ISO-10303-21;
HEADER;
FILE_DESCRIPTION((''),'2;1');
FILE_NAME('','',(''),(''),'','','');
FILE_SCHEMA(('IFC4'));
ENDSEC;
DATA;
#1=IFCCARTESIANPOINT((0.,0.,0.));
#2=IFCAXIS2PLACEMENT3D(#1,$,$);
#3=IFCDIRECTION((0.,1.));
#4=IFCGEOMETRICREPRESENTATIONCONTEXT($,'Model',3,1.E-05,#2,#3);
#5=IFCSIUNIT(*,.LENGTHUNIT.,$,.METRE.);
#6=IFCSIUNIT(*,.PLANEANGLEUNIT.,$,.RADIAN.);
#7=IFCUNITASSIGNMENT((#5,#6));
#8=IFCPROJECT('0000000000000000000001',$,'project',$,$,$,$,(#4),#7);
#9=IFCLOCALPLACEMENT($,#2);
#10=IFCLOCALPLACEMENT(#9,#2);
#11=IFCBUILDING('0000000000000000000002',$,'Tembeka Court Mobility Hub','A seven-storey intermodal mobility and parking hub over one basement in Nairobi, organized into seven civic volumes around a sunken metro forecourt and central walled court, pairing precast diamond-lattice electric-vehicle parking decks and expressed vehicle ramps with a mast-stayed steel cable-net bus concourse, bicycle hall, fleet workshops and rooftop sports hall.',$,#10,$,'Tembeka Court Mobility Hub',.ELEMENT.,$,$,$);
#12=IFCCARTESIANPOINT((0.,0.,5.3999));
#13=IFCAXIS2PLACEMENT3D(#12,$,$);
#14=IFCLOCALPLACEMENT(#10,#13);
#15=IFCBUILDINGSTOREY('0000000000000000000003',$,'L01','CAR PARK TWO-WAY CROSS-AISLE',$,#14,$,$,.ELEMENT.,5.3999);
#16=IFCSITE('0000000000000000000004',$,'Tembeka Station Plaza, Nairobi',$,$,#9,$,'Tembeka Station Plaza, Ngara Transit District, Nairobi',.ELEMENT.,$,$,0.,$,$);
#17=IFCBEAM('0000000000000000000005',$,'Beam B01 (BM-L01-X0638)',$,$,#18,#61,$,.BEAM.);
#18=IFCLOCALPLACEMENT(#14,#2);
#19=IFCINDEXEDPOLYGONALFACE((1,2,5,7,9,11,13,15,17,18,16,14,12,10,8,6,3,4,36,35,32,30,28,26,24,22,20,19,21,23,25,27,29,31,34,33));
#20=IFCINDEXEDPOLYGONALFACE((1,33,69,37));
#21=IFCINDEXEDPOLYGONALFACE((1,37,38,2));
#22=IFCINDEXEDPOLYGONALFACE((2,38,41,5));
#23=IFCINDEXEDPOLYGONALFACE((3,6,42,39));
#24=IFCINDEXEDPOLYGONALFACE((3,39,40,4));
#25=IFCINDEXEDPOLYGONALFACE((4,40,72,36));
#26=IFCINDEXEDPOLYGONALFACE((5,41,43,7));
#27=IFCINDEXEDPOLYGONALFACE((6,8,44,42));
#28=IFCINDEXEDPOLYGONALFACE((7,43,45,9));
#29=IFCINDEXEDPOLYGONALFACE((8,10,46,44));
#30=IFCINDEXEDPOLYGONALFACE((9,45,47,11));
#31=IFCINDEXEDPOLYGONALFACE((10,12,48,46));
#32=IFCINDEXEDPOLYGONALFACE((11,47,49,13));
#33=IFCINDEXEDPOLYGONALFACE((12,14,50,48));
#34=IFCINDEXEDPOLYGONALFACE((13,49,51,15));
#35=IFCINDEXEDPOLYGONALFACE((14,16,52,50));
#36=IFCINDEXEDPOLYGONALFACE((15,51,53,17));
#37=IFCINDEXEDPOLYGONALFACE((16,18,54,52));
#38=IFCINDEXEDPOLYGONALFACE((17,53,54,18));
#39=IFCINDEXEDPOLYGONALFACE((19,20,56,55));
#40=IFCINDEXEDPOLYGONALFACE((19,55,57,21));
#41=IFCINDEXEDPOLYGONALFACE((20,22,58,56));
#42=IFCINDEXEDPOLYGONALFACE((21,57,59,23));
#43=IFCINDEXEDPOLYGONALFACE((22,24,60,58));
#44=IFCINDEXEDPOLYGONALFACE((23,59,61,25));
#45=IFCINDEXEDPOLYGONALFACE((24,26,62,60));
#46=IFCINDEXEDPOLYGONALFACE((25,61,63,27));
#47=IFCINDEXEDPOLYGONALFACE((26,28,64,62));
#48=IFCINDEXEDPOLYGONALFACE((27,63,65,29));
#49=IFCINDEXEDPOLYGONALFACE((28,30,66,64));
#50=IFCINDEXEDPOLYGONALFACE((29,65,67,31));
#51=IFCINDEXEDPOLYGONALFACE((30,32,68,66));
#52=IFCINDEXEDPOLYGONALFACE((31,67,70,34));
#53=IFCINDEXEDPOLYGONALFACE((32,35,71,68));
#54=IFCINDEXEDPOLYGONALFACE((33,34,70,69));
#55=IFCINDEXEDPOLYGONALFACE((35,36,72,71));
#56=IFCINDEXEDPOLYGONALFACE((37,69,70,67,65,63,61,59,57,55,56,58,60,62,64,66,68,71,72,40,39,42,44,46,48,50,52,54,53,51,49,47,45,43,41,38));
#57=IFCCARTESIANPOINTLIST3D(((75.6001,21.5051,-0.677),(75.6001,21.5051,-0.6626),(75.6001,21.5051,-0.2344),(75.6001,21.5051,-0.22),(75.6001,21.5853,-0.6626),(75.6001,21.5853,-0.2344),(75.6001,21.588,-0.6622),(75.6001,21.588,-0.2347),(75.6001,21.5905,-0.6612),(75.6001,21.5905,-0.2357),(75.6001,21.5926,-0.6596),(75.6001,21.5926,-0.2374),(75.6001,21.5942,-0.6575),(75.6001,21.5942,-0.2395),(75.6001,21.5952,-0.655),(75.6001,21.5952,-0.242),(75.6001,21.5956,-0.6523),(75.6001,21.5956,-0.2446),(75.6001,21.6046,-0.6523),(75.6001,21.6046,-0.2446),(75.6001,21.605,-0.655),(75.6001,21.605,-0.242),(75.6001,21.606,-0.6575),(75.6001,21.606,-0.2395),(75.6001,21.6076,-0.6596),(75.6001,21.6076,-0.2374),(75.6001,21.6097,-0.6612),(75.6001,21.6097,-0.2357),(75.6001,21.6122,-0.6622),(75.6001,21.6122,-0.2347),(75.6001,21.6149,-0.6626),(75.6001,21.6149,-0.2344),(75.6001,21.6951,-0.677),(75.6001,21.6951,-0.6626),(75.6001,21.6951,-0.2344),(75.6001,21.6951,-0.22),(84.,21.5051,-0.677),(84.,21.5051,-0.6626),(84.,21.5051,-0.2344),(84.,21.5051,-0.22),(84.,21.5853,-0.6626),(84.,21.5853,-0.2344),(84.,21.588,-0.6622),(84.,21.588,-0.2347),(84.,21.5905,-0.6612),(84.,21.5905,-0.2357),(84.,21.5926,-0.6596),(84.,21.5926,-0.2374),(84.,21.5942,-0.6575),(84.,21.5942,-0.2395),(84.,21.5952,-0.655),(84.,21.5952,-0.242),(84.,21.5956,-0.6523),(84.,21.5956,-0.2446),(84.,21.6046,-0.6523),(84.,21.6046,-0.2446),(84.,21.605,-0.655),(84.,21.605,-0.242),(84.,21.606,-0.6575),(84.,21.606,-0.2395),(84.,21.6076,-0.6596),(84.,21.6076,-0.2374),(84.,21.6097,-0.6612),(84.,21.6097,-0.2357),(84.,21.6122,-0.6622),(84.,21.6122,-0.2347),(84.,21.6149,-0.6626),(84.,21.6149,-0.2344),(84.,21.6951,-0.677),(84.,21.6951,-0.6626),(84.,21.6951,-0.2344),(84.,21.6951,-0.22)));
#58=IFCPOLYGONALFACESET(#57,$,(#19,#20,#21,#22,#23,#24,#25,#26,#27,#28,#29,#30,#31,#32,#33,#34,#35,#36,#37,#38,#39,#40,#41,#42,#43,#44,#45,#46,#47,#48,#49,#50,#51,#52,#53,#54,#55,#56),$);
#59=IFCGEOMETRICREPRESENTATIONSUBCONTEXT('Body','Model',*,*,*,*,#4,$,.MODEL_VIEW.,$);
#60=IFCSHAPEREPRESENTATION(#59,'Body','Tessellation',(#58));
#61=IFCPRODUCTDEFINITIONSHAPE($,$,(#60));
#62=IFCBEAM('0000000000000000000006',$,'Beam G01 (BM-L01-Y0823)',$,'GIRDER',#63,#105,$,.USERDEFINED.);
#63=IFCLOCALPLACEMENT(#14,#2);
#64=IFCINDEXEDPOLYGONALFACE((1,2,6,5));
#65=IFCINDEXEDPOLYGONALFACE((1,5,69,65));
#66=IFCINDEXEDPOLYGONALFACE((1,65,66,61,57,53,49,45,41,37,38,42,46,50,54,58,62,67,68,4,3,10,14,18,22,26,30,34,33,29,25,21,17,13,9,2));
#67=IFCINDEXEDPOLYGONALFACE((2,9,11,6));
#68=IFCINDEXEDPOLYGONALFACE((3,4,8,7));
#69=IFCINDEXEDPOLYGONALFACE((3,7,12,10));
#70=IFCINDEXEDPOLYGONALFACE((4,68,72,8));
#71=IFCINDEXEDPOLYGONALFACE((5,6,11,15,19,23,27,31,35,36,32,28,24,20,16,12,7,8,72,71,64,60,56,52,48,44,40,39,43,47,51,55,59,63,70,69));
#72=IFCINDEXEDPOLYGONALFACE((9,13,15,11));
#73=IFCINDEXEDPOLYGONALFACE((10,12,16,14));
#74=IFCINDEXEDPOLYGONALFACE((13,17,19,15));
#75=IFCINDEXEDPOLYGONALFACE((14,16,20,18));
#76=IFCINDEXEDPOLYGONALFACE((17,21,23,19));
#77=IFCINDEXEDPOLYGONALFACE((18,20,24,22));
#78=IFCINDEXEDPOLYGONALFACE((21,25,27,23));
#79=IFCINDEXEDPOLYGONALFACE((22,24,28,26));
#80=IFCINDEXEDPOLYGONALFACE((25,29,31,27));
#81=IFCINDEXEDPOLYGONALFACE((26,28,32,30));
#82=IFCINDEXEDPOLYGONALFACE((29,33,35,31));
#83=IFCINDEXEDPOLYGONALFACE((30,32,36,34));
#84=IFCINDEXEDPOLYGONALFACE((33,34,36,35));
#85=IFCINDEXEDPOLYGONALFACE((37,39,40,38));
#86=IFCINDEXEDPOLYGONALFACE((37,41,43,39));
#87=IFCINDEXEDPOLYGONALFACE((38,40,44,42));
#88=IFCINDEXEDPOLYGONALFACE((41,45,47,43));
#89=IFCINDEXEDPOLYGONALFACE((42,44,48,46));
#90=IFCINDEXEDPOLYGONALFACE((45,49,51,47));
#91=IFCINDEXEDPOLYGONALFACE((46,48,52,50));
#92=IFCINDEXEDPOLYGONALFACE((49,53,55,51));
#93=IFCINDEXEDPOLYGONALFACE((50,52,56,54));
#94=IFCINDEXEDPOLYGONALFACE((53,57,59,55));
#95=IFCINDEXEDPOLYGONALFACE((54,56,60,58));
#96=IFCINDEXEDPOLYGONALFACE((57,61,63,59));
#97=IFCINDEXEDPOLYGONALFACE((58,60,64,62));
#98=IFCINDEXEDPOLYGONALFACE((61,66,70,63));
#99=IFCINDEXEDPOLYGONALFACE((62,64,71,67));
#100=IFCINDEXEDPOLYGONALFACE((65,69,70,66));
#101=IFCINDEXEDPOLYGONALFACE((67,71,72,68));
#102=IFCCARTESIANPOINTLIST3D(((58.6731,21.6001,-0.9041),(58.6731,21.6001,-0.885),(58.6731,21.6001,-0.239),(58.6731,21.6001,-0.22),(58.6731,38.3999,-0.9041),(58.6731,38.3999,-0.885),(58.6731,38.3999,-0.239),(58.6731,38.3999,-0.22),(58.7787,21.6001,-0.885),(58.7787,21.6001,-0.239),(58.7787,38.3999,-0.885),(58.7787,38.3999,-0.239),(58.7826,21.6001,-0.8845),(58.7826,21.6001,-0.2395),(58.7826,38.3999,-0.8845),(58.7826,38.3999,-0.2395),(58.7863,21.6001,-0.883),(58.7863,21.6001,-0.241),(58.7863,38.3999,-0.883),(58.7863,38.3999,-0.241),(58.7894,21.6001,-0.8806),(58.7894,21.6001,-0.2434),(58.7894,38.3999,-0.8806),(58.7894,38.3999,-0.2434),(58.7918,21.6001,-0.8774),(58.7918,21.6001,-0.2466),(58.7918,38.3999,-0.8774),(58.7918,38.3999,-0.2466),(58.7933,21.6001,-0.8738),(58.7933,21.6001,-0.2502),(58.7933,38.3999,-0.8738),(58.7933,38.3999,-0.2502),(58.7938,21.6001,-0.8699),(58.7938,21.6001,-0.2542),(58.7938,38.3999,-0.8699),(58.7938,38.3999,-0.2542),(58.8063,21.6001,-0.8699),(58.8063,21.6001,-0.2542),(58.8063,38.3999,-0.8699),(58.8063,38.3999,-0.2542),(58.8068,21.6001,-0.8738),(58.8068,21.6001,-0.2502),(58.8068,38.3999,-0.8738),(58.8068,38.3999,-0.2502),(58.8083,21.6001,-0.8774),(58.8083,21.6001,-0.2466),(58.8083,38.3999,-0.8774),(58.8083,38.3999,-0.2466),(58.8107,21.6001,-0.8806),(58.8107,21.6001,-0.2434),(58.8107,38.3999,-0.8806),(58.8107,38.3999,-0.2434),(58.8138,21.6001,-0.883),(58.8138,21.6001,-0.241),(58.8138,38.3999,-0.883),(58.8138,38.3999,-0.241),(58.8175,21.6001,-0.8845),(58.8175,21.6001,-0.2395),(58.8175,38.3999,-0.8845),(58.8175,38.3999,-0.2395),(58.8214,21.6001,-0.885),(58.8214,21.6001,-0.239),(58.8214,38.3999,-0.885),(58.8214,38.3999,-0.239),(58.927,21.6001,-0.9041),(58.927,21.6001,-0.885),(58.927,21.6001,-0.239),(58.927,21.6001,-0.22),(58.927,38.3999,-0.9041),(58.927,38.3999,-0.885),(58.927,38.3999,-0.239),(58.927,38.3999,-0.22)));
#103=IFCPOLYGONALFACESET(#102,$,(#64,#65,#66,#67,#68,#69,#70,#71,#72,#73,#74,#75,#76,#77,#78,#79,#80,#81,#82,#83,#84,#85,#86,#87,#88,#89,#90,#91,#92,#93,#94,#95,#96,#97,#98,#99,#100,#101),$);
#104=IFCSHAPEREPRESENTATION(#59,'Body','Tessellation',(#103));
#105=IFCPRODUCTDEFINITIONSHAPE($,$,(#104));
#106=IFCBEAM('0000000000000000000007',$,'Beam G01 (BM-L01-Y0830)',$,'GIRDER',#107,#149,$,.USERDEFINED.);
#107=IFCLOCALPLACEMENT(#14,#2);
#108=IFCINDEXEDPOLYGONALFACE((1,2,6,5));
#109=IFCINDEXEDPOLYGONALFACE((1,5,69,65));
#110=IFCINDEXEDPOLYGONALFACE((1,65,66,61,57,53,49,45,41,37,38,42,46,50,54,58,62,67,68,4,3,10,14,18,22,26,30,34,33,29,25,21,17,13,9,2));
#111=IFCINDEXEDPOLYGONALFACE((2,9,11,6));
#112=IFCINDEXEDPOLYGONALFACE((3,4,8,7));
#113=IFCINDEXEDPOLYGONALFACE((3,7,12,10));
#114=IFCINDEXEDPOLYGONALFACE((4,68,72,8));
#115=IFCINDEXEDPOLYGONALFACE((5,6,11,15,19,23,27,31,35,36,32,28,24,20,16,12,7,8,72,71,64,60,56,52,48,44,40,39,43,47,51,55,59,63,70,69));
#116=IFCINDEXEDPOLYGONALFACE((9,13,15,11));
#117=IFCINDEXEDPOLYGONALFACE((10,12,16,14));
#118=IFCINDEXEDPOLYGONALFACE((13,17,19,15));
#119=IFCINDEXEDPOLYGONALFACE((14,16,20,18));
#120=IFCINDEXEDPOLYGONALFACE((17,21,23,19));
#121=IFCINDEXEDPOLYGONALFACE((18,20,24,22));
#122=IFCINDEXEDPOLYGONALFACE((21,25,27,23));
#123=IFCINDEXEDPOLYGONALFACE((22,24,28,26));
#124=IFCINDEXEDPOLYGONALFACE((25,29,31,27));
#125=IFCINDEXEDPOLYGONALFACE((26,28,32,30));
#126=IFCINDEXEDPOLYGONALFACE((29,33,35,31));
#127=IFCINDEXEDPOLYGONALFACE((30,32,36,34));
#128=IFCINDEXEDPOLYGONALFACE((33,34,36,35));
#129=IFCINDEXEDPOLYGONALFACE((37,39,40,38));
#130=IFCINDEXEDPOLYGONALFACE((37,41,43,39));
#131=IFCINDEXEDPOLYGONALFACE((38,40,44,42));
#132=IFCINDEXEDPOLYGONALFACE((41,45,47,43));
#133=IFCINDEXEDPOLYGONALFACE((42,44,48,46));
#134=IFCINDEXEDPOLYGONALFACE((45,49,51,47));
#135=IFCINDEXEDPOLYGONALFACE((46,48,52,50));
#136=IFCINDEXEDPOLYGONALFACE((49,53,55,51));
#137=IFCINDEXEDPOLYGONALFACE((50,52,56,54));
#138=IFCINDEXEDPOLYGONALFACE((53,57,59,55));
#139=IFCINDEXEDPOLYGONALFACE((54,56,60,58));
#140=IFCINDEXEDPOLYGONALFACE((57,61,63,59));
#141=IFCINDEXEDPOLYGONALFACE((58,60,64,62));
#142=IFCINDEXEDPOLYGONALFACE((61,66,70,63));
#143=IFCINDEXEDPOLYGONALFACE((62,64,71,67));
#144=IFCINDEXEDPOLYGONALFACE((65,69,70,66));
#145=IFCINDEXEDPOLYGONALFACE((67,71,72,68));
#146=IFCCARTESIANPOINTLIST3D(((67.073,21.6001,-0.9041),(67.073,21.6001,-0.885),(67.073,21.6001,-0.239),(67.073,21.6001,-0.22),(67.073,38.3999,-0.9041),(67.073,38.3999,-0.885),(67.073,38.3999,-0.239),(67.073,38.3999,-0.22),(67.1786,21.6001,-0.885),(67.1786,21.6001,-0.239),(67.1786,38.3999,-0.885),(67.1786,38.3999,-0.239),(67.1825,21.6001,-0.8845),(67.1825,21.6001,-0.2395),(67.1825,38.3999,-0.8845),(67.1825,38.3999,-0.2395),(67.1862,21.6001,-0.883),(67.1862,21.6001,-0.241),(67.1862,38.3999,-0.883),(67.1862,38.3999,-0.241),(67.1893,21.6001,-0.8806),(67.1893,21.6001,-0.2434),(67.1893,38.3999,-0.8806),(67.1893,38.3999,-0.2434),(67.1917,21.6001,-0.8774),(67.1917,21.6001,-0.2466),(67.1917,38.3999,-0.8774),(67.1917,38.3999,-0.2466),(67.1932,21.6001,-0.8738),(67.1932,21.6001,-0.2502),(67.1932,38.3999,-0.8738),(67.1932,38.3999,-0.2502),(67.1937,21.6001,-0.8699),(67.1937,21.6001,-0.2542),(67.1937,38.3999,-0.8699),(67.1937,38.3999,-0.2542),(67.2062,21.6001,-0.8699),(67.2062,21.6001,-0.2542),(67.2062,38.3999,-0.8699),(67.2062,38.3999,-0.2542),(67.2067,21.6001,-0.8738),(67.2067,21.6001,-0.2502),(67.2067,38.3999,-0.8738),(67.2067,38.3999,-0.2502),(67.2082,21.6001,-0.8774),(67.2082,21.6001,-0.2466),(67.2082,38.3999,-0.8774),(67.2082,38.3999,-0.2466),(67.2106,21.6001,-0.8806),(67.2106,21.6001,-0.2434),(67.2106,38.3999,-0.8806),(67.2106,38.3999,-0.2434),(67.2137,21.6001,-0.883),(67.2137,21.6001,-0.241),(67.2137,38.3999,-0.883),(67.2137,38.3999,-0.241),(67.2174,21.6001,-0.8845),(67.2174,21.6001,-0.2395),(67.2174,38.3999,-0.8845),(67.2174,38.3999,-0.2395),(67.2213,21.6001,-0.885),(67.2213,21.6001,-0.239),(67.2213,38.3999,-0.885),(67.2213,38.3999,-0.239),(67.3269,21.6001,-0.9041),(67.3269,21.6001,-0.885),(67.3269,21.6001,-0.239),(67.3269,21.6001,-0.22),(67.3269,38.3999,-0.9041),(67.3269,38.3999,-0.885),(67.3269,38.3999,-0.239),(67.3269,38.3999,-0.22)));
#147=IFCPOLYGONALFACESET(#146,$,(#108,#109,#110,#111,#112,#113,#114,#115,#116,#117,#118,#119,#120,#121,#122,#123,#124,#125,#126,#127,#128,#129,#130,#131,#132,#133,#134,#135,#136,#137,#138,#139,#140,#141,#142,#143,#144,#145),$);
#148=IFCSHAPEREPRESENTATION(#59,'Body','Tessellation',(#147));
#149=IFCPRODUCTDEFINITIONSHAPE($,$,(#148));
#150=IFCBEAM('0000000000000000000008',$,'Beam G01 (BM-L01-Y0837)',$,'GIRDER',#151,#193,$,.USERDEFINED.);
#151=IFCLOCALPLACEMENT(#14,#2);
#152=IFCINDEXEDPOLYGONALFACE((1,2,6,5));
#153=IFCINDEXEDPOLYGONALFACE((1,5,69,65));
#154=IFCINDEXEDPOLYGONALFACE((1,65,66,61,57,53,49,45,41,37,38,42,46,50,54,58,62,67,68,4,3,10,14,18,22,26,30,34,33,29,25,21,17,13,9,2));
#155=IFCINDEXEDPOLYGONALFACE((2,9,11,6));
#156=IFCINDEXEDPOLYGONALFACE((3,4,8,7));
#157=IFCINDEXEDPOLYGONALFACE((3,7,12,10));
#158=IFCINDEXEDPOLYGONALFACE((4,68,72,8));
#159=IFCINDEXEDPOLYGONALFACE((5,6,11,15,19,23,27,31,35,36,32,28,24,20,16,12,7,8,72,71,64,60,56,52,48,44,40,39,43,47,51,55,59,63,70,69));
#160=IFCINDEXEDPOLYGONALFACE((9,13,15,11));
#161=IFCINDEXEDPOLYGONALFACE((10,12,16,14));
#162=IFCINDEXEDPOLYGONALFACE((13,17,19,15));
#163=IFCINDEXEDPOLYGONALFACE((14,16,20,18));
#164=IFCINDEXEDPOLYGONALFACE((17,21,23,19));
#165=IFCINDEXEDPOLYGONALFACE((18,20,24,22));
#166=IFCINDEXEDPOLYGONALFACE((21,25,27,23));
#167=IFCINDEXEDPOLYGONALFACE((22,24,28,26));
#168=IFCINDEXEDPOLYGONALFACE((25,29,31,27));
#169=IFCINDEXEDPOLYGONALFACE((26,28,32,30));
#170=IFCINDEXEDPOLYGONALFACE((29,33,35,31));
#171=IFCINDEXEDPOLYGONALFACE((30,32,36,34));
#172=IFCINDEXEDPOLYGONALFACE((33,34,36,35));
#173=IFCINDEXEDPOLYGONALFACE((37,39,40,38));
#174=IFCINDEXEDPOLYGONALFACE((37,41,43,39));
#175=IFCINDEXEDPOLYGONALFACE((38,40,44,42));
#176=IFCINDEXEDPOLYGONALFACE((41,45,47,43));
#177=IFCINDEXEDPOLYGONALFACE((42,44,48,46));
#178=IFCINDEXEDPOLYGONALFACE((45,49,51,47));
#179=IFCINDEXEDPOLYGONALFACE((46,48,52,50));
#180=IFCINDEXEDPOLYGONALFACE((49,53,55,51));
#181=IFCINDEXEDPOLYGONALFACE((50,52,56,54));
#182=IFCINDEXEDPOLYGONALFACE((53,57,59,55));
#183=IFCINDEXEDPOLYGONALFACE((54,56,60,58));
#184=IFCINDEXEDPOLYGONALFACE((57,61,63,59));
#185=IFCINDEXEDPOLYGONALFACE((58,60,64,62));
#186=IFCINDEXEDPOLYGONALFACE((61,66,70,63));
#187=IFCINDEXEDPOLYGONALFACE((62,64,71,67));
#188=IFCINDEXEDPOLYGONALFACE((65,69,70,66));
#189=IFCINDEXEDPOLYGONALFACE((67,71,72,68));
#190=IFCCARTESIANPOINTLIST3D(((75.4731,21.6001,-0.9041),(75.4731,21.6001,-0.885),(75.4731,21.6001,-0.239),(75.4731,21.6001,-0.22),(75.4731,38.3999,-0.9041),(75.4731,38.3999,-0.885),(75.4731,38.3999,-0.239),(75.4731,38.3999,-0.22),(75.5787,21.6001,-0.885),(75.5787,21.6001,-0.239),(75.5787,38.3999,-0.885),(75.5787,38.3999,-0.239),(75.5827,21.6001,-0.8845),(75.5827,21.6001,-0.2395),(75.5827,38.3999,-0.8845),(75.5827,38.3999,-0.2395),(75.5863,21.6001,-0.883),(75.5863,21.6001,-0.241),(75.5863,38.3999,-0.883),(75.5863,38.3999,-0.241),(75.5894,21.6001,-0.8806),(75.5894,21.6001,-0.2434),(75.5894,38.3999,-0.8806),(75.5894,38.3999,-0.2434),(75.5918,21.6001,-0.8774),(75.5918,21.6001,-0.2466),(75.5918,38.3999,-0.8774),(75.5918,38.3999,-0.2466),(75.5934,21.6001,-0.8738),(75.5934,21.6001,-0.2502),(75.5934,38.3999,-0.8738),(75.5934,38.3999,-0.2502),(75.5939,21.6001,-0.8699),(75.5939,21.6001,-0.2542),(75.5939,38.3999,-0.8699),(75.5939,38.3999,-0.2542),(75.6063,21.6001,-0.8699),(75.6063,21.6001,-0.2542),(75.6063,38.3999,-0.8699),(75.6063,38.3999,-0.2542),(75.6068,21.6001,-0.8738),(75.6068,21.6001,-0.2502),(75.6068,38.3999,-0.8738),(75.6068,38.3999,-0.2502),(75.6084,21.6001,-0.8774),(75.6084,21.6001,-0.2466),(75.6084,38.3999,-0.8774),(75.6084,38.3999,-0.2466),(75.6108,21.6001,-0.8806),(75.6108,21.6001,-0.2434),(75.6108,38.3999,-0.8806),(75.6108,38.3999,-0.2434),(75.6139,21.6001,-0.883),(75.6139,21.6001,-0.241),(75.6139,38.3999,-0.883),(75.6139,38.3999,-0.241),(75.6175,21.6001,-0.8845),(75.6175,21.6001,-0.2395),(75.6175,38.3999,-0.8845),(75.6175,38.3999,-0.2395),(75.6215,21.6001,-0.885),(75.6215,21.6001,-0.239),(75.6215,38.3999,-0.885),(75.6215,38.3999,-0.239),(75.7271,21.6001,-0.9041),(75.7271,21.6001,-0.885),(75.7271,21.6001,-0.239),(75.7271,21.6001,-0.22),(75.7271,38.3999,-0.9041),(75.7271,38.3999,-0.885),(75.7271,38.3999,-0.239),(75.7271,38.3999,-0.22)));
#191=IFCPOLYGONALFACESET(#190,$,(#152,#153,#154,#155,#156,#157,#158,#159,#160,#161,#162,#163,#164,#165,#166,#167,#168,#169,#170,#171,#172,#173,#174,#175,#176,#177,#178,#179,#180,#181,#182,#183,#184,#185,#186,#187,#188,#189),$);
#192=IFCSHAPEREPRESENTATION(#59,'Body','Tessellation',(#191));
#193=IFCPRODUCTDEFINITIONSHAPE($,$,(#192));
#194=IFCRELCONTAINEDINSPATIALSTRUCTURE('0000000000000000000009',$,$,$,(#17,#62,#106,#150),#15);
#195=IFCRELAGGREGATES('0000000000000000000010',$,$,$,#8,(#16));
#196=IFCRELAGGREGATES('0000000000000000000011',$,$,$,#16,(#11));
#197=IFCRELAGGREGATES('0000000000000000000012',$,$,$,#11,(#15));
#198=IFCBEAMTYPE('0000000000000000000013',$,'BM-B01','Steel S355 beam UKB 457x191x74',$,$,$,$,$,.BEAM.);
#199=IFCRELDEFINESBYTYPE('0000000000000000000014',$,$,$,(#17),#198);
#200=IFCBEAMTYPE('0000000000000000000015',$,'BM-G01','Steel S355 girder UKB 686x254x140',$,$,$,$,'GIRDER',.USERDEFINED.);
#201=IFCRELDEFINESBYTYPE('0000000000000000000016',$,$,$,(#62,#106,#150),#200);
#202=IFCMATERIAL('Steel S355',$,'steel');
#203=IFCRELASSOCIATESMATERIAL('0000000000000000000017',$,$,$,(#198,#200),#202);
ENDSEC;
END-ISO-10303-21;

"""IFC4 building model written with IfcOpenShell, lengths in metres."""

from ifc_helpers import new_model, si_unit, direction, frame, origin, origin_2d, place, context, subcontext, project, spatial, i_section, extrude, material, material_profile, profile_set, type_object, element, save


model = new_model("IFC4")

# Units and contexts
model_context = context("Model", 3, precision=1e-05, world=origin(), true_north=direction((0.0, 1.0)))
body_context = subcontext(model_context, "Body", "Model", "MODEL_VIEW")
ifc_project = project(units=[si_unit("LENGTHUNIT", "METRE"), si_unit("PLANEANGLEUNIT", "RADIAN")], contexts=[model_context])

# Site, building, storey
site_placement = place(None, origin())
site = spatial("IfcSite", under=ifc_project, at=site_placement, Name="Tembeka Station Plaza, Nairobi", LongName="Tembeka Station Plaza, Ngara Transit District, Nairobi", CompositionType="ELEMENT", RefElevation=0.0)
building_placement = place(site_placement, origin())
building = spatial("IfcBuilding", under=site, at=building_placement, Name="Tembeka Court Mobility Hub", Description="A seven-storey intermodal mobility and parking hub over one basement in Nairobi, organized into seven civic volumes around a sunken metro forecourt and central walled court, pairing precast diamond-lattice electric-vehicle parking decks and expressed vehicle ramps with a mast-stayed steel cable-net bus concourse, bicycle hall, fleet workshops and rooftop sports hall.", LongName="Tembeka Court Mobility Hub", CompositionType="ELEMENT")
storey_placement = place(building_placement, frame((0.0, 0.0, 5.3999)))
storey = spatial("IfcBuildingStorey", under=building, at=storey_placement, Name="L01", Description="CAR PARK TWO-WAY CROSS-AISLE", CompositionType="ELEMENT", Elevation=5.3999)

# Shared definitions
ifc_material_1 = material(Name="Steel S355", Category="steel")

# Beams
ifc_material_profile_1 = material_profile(ifc_material_1, i_section(OverallWidth=0.1899, OverallDepth=0.457, WebThickness=0.009, FlangeThickness=0.0144, FilletRadius=0.0103, at=origin_2d()), Name="UKB 457x191x74")
ifc_profile_set_1 = profile_set([ifc_material_profile_1], Name="Steel S355")
beam_type_1 = type_object("IfcBeamType", Name="BM-B01", Description="Steel S355 beam UKB 457x191x74", PredefinedType="BEAM", material=ifc_profile_set_1)
beam_1_placement = place(storey_placement, frame((75.6001, 21.6001, -0.4485), z_axis=(1.0, 0.0, 0.0), x_axis=(0.0, 1.0, 0.0)))
element("IfcBeam", 1, at=beam_1_placement, inside=storey, type_object=beam_type_1, Name="Beam B01 (BM-L01-X0638)", PredefinedType="BEAM", context=body_context, shape_type="SweptSolid", body=[
    extrude(i_section(OverallWidth=0.1899, OverallDepth=0.457, WebThickness=0.009, FlangeThickness=0.0144, FilletRadius=0.0103, at=origin_2d()), origin(), (0.0, 0.0, 1.0), 8.3999),
])
ifc_material_profile_2 = material_profile(ifc_material_1, i_section(OverallWidth=0.2539, OverallDepth=0.6841, WebThickness=0.0125, FlangeThickness=0.019, FilletRadius=0.0151, at=origin_2d()), Name="UKB 686x254x140")
ifc_profile_set_2 = profile_set([ifc_material_profile_2], Name="Steel S355")
beam_type_2 = type_object("IfcBeamType", Name="BM-G01", Description="Steel S355 girder UKB 686x254x140", ElementType="GIRDER", PredefinedType="USERDEFINED", material=ifc_profile_set_2)
for number, where, z_axis, x_axis, name in (
    (2, (58.8, 21.6001, -0.562), (0.0, 1.0, 0.0), (-1.0, 0.0, 0.0), "Beam G01 (BM-L01-Y0823)"),
    (3, (67.2, 21.6001, -0.562), (0.0, 1.0, 0.0), (-1.0, 0.0, 0.0), "Beam G01 (BM-L01-Y0830)"),
    (4, (75.6001, 21.6001, -0.562), (0.0, 1.0, 0.0), (-1.0, 0.0, 0.0), "Beam G01 (BM-L01-Y0837)"),
):
    element("IfcBeam", number, at=place(storey_placement, frame(where, z_axis=z_axis, x_axis=x_axis)), inside=storey, type_object=beam_type_2, Name=name, ObjectType="GIRDER", PredefinedType="USERDEFINED", context=body_context, shape_type="SweptSolid", body=[
        extrude(i_section(OverallWidth=0.2539, OverallDepth=0.6841, WebThickness=0.0125, FlangeThickness=0.019, FilletRadius=0.0151, at=origin_2d()), origin(), (0.0, 0.0, 1.0), 16.7998),
    ])

save(model, "model.ifc")
